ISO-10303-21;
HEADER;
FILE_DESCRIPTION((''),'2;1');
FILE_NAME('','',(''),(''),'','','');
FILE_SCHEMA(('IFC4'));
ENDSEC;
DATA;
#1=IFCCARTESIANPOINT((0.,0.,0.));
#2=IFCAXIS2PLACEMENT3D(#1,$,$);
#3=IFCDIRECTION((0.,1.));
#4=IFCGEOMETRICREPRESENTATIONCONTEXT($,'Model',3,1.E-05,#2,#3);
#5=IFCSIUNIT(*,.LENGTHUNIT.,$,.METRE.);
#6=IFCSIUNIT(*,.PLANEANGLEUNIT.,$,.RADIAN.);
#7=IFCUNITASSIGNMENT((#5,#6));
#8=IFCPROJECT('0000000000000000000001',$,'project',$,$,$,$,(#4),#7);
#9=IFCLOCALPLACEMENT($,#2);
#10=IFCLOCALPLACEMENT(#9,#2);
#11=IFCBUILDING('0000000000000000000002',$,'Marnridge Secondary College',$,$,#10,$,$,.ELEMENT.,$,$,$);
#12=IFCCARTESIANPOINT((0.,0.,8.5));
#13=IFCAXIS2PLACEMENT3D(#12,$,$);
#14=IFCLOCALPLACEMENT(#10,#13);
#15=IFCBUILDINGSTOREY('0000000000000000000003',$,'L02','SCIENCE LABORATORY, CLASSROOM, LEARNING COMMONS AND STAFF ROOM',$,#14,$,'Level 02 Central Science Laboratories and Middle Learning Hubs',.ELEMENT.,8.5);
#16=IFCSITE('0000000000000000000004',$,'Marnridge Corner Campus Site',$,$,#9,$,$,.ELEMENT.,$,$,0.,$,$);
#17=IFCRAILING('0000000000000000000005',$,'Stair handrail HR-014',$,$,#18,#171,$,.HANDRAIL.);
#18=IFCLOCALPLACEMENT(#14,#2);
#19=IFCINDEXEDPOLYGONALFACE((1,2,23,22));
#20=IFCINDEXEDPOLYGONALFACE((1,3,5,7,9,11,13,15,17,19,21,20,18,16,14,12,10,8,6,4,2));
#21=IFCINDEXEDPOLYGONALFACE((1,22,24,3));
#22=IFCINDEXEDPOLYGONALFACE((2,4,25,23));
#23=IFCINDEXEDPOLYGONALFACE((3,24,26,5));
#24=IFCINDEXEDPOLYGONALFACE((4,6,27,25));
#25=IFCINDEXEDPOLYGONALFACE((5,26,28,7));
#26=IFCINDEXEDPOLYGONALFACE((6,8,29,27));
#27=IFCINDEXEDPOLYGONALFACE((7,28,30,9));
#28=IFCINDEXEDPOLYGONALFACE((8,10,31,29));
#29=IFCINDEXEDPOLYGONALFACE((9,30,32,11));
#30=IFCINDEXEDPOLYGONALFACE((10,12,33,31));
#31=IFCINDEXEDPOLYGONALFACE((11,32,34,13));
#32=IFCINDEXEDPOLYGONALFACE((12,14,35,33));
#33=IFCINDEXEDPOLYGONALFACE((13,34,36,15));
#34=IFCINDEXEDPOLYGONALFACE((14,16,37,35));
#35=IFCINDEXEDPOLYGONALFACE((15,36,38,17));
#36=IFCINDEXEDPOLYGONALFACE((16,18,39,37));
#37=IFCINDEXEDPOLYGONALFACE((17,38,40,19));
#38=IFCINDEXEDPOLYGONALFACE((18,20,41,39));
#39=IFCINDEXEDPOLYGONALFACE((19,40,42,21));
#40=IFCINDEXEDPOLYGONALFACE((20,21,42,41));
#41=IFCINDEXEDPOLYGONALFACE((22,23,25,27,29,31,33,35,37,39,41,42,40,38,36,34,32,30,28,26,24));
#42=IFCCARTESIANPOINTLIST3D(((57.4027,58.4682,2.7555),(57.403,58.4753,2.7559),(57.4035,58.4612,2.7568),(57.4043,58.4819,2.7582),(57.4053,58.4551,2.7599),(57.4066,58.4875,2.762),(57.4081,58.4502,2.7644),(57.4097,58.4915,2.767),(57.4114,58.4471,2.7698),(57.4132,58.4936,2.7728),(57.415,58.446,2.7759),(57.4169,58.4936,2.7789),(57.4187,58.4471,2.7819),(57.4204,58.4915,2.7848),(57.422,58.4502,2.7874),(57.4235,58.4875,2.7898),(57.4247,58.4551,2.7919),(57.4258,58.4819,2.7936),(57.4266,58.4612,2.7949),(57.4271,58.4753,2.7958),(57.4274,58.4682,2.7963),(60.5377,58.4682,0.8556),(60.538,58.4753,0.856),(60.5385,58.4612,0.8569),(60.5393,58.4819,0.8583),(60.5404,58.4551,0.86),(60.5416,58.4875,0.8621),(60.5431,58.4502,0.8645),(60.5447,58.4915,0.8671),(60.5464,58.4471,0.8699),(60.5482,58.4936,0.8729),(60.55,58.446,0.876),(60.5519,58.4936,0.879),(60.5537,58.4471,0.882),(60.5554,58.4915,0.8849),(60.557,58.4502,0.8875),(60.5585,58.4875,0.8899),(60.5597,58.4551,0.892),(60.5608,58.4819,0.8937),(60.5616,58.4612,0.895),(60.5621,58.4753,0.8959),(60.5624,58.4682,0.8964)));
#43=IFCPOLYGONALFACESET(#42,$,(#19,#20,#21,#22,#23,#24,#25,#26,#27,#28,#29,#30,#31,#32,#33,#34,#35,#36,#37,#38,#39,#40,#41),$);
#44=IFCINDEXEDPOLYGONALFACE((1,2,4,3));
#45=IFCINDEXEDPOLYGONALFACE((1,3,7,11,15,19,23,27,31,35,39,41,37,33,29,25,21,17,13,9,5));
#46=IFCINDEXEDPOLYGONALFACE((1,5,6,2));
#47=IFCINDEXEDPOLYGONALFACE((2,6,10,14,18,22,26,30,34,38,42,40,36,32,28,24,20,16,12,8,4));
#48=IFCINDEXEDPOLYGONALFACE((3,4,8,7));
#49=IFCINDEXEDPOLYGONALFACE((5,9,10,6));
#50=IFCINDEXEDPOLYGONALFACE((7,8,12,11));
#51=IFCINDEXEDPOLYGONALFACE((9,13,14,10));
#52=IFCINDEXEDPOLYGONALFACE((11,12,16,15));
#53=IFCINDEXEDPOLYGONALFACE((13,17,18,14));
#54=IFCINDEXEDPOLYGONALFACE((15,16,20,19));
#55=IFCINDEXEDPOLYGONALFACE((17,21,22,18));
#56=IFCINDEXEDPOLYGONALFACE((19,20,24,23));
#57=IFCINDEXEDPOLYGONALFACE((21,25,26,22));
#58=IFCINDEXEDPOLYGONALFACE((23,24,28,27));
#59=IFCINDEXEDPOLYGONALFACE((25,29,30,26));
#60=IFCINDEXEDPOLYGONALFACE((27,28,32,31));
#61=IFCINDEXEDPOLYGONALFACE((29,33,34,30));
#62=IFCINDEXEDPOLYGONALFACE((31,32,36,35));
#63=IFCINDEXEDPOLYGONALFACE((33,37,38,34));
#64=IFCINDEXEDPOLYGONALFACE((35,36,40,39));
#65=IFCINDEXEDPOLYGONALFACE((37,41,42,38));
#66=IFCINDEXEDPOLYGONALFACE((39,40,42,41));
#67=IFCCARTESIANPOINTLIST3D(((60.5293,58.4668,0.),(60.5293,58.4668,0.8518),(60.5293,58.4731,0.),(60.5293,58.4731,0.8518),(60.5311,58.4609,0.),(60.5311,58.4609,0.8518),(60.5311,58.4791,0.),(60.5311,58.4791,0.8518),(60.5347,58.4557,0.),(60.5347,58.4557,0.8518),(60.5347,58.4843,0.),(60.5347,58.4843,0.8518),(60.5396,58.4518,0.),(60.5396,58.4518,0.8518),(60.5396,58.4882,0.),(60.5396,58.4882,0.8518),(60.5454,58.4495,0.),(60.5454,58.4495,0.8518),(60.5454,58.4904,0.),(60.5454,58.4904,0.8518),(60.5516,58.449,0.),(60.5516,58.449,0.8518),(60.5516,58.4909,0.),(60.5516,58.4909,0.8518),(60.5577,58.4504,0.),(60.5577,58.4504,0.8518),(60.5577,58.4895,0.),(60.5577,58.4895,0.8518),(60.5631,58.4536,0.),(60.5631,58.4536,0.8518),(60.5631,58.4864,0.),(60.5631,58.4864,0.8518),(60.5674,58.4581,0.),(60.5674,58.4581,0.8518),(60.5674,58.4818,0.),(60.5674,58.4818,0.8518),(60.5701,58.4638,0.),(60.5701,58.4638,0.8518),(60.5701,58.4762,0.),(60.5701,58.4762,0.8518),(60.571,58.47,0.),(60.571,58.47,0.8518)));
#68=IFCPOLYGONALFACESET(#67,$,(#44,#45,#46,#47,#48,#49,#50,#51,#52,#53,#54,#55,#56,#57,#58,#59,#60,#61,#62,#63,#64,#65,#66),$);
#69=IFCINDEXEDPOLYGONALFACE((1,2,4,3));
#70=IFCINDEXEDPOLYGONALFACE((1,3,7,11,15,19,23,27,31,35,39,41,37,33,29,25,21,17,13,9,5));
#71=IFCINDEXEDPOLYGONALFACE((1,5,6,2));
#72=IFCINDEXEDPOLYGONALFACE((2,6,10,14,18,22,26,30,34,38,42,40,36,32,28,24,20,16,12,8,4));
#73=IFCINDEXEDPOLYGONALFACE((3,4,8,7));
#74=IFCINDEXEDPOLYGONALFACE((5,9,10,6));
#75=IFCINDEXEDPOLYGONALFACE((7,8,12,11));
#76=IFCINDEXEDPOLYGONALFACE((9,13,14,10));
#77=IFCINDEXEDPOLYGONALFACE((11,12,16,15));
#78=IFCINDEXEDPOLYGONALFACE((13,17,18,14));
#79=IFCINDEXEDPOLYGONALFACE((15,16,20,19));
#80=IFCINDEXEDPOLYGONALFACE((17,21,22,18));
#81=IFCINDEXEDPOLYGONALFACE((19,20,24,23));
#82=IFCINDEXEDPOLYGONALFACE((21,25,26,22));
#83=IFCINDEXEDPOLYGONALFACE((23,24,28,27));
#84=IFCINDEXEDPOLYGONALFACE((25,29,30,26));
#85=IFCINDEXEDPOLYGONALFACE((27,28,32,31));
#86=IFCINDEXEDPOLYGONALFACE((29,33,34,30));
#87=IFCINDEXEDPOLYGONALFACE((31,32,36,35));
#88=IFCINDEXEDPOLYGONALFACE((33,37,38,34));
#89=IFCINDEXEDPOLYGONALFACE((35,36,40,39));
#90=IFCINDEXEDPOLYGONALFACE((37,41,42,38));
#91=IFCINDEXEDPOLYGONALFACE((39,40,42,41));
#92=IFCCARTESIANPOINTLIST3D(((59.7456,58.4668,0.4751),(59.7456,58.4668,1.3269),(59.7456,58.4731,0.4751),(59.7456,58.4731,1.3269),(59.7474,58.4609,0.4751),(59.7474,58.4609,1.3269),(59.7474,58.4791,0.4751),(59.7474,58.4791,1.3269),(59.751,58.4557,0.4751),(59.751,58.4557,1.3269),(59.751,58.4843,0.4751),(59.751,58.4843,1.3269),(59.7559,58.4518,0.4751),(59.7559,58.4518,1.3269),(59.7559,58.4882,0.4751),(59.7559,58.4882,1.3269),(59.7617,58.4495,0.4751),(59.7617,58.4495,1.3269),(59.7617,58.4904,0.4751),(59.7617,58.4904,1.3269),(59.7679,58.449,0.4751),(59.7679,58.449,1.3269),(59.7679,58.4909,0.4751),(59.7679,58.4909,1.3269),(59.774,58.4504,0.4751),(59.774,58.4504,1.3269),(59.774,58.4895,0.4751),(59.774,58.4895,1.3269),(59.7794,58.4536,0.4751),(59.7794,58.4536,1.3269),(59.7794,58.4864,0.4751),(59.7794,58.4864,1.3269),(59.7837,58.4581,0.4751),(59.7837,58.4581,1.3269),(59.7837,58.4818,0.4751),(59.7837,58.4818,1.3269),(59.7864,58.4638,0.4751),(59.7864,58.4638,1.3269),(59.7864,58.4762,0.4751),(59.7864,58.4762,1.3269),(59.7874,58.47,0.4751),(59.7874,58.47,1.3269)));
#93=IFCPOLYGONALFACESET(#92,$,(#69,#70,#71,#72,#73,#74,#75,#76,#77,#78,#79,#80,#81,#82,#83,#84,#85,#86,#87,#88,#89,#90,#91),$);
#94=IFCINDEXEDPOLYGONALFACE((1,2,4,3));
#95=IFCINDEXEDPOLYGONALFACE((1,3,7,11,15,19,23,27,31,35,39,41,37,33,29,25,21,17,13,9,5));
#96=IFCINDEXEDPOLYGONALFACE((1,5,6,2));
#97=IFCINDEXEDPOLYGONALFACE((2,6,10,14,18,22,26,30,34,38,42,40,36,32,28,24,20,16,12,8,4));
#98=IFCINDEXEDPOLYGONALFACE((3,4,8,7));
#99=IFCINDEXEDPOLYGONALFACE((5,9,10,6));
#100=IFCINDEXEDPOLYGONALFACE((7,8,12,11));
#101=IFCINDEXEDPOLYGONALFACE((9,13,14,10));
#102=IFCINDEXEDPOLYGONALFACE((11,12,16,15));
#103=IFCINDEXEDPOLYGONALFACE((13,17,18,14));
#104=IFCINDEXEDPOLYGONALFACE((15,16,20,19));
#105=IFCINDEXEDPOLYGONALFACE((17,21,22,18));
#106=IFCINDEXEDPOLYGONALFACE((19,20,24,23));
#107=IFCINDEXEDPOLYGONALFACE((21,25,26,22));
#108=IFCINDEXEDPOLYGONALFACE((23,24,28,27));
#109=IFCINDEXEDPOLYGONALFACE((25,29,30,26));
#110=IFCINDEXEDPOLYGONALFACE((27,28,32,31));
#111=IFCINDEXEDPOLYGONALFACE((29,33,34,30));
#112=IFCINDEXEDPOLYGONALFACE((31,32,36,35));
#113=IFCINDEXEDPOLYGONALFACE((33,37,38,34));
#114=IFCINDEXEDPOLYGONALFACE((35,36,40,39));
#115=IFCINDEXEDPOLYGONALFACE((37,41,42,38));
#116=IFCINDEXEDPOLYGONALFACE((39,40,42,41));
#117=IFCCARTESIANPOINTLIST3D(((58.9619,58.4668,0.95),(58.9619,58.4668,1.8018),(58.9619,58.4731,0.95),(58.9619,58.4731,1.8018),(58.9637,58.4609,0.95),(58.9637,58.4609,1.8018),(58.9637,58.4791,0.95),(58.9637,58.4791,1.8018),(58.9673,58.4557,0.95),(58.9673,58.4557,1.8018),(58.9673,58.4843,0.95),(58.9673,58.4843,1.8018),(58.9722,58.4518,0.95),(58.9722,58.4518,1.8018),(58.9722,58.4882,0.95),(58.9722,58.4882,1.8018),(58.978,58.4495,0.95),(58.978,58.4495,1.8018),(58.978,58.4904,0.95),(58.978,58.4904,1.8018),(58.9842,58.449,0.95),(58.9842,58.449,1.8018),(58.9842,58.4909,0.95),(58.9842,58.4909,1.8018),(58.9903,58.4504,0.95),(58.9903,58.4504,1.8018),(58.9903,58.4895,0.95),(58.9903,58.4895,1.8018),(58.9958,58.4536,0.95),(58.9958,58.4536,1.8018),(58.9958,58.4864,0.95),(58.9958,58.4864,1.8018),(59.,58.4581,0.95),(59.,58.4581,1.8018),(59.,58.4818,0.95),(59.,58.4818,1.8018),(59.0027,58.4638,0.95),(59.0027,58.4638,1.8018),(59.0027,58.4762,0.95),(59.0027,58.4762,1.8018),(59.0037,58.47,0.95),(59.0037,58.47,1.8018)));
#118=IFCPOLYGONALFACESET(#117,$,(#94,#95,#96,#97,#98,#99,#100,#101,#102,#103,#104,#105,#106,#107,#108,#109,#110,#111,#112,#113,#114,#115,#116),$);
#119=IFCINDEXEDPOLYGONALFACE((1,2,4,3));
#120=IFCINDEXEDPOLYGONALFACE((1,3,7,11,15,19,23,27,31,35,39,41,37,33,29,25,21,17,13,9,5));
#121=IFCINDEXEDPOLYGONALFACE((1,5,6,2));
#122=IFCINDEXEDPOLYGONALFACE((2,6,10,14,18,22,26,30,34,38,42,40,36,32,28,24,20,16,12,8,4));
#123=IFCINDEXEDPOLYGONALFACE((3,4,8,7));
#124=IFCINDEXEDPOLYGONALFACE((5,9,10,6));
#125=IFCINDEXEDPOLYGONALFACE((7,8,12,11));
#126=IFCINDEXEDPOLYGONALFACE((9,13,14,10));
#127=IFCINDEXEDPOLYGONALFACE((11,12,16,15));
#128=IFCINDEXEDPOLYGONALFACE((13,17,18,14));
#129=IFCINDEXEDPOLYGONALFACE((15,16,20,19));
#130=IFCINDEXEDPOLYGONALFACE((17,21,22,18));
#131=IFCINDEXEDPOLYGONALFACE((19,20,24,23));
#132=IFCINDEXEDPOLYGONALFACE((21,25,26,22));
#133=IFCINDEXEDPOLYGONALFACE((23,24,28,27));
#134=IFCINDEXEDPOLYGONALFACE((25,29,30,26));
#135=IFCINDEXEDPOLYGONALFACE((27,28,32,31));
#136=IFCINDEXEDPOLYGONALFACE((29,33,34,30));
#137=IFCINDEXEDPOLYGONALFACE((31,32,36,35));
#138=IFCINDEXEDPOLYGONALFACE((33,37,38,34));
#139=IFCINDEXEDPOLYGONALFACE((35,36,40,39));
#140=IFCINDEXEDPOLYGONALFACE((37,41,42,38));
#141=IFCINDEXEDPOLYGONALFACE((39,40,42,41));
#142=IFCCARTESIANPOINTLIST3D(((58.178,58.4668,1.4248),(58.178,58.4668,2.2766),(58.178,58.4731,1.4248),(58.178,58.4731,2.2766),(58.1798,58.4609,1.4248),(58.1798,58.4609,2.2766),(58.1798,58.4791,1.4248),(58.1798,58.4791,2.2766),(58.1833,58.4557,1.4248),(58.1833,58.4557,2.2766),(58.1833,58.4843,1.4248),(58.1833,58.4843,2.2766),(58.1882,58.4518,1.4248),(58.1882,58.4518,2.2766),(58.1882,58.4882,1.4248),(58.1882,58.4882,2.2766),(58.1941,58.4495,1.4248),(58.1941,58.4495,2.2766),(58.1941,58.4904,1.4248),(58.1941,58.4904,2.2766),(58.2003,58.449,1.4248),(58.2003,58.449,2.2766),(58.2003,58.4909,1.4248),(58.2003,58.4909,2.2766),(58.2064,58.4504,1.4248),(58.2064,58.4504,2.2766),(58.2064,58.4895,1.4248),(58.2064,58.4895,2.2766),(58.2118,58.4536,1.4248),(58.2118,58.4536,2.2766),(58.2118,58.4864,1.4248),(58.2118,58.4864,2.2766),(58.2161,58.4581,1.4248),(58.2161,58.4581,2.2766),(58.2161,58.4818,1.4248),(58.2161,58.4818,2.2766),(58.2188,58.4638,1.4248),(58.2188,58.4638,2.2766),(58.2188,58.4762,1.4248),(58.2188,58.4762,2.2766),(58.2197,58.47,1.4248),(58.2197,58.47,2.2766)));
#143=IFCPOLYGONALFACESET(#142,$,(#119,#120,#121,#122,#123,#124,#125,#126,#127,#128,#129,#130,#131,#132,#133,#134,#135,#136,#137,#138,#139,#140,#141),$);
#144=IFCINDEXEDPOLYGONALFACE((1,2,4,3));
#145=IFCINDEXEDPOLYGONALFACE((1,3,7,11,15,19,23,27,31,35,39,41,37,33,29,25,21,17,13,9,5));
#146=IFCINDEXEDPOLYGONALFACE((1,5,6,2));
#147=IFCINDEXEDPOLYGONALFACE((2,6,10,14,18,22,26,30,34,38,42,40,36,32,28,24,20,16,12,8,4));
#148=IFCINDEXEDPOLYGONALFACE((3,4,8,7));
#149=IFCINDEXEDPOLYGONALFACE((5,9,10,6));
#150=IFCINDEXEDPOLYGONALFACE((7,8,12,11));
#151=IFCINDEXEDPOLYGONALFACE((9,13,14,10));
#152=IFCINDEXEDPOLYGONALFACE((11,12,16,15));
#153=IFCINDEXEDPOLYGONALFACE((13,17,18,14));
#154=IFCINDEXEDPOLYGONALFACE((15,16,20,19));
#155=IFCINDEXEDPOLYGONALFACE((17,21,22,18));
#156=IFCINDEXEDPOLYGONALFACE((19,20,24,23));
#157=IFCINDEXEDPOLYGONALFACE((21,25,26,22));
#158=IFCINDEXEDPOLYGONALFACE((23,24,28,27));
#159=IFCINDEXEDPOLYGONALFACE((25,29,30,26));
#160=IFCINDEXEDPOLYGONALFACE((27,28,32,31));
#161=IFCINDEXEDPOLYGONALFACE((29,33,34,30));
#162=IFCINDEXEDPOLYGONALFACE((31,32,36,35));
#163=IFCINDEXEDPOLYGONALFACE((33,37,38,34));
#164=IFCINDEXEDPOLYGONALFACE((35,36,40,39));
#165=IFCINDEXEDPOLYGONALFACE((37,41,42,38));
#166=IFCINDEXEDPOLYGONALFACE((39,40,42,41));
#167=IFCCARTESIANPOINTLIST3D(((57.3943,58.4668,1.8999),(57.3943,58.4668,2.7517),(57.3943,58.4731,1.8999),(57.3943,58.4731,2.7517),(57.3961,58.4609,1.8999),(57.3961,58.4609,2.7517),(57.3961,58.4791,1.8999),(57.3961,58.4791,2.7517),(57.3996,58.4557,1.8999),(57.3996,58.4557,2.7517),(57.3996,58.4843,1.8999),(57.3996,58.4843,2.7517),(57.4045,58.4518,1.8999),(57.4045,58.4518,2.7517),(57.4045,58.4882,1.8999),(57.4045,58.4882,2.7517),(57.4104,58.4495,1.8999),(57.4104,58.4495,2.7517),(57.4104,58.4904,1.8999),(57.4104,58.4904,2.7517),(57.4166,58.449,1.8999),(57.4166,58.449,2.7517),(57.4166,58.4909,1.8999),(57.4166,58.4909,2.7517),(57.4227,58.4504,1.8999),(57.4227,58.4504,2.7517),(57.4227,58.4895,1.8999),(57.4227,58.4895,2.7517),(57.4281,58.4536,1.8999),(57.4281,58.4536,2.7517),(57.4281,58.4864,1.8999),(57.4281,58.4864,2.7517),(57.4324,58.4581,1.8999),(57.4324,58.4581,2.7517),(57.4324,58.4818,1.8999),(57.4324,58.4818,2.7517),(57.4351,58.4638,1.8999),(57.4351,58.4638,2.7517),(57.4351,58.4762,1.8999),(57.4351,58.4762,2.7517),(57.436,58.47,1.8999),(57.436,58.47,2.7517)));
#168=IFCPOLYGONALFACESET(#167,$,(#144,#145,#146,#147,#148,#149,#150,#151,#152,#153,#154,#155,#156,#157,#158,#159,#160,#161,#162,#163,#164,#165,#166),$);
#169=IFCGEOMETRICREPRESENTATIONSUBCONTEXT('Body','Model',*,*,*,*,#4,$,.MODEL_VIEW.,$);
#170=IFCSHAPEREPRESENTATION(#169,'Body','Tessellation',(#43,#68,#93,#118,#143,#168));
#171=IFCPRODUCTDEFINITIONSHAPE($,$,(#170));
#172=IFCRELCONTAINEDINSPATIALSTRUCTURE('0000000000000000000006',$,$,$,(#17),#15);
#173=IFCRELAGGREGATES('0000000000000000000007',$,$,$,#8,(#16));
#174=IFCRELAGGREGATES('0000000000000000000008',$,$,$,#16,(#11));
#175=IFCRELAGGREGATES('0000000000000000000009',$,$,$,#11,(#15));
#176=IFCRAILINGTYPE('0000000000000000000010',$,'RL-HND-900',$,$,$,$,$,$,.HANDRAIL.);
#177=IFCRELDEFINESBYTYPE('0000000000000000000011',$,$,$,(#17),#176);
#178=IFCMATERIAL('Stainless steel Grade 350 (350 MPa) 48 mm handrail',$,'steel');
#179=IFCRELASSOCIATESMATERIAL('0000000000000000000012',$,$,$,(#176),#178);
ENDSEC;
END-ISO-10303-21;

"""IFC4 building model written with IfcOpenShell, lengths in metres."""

from ifc_helpers import new_model, si_unit, direction, frame, origin, origin_2d, place, context, subcontext, project, spatial, circle, extrude, material, type_object, element, save


model = new_model("IFC4")

# Units and contexts
model_context = context("Model", 3, precision=1e-05, world=origin(), true_north=direction((0.0, 1.0)))
body_context = subcontext(model_context, "Body", "Model", "MODEL_VIEW")
ifc_project = project(units=[si_unit("LENGTHUNIT", "METRE"), si_unit("PLANEANGLEUNIT", "RADIAN")], contexts=[model_context])

# Site, building, storey
site_placement = place(None, origin())
site = spatial("IfcSite", under=ifc_project, at=site_placement, Name="Marnridge Corner Campus Site", CompositionType="ELEMENT", RefElevation=0.0)
building_placement = place(site_placement, origin())
building = spatial("IfcBuilding", under=site, at=building_placement, Name="Marnridge Secondary College", CompositionType="ELEMENT")
storey_placement = place(building_placement, frame((0.0, 0.0, 8.5)))
storey = spatial("IfcBuildingStorey", under=building, at=storey_placement, Name="L02", Description="SCIENCE LABORATORY, CLASSROOM, LEARNING COMMONS AND STAFF ROOM", LongName="Level 02 Central Science Laboratories and Middle Learning Hubs", CompositionType="ELEMENT", Elevation=8.5)

# Railing
ifc_material_1 = material(Name="Stainless steel Grade 350 (350 MPa) 48 mm handrail", Category="steel")
railing_type_1 = type_object("IfcRailingType", Name="RL-HND-900", PredefinedType="HANDRAIL", material=ifc_material_1)
railing_1_placement = place(storey_placement, frame((60.55, 58.47, 0.0)))
element("IfcRailing", 1, at=railing_1_placement, inside=storey, type_object=railing_type_1, Name="Stair handrail HR-014", PredefinedType="HANDRAIL", context=body_context, shape_type="SweptSolid", body=[
    extrude(circle(Radius=0.0239, at=origin_2d()), frame((0.0, 0.0, 0.876), z_axis=(-0.85521, 0.0, 0.518281), x_axis=(0.0, -1.0, 0.0)), (0.0, 0.0, 1.0), 3.6658),
    extrude(circle(Radius=0.021, at=origin_2d()), origin(), (0.0, 0.0, 1.0), 0.8518),
    extrude(circle(Radius=0.021, at=origin_2d()), frame((-0.7837, 0.0, 0.4751)), (0.0, 0.0, 1.0), 0.8518),
    extrude(circle(Radius=0.021, at=origin_2d()), frame((-1.5674, 0.0, 0.95)), (0.0, 0.0, 1.0), 0.8518),
    extrude(circle(Radius=0.021, at=origin_2d()), frame((-2.3513, 0.0, 1.4248)), (0.0, 0.0, 1.0), 0.8518),
    extrude(circle(Radius=0.021, at=origin_2d()), frame((-3.135, 0.0, 1.8999)), (0.0, 0.0, 1.0), 0.8518),
])

save(model, "model.ifc")
